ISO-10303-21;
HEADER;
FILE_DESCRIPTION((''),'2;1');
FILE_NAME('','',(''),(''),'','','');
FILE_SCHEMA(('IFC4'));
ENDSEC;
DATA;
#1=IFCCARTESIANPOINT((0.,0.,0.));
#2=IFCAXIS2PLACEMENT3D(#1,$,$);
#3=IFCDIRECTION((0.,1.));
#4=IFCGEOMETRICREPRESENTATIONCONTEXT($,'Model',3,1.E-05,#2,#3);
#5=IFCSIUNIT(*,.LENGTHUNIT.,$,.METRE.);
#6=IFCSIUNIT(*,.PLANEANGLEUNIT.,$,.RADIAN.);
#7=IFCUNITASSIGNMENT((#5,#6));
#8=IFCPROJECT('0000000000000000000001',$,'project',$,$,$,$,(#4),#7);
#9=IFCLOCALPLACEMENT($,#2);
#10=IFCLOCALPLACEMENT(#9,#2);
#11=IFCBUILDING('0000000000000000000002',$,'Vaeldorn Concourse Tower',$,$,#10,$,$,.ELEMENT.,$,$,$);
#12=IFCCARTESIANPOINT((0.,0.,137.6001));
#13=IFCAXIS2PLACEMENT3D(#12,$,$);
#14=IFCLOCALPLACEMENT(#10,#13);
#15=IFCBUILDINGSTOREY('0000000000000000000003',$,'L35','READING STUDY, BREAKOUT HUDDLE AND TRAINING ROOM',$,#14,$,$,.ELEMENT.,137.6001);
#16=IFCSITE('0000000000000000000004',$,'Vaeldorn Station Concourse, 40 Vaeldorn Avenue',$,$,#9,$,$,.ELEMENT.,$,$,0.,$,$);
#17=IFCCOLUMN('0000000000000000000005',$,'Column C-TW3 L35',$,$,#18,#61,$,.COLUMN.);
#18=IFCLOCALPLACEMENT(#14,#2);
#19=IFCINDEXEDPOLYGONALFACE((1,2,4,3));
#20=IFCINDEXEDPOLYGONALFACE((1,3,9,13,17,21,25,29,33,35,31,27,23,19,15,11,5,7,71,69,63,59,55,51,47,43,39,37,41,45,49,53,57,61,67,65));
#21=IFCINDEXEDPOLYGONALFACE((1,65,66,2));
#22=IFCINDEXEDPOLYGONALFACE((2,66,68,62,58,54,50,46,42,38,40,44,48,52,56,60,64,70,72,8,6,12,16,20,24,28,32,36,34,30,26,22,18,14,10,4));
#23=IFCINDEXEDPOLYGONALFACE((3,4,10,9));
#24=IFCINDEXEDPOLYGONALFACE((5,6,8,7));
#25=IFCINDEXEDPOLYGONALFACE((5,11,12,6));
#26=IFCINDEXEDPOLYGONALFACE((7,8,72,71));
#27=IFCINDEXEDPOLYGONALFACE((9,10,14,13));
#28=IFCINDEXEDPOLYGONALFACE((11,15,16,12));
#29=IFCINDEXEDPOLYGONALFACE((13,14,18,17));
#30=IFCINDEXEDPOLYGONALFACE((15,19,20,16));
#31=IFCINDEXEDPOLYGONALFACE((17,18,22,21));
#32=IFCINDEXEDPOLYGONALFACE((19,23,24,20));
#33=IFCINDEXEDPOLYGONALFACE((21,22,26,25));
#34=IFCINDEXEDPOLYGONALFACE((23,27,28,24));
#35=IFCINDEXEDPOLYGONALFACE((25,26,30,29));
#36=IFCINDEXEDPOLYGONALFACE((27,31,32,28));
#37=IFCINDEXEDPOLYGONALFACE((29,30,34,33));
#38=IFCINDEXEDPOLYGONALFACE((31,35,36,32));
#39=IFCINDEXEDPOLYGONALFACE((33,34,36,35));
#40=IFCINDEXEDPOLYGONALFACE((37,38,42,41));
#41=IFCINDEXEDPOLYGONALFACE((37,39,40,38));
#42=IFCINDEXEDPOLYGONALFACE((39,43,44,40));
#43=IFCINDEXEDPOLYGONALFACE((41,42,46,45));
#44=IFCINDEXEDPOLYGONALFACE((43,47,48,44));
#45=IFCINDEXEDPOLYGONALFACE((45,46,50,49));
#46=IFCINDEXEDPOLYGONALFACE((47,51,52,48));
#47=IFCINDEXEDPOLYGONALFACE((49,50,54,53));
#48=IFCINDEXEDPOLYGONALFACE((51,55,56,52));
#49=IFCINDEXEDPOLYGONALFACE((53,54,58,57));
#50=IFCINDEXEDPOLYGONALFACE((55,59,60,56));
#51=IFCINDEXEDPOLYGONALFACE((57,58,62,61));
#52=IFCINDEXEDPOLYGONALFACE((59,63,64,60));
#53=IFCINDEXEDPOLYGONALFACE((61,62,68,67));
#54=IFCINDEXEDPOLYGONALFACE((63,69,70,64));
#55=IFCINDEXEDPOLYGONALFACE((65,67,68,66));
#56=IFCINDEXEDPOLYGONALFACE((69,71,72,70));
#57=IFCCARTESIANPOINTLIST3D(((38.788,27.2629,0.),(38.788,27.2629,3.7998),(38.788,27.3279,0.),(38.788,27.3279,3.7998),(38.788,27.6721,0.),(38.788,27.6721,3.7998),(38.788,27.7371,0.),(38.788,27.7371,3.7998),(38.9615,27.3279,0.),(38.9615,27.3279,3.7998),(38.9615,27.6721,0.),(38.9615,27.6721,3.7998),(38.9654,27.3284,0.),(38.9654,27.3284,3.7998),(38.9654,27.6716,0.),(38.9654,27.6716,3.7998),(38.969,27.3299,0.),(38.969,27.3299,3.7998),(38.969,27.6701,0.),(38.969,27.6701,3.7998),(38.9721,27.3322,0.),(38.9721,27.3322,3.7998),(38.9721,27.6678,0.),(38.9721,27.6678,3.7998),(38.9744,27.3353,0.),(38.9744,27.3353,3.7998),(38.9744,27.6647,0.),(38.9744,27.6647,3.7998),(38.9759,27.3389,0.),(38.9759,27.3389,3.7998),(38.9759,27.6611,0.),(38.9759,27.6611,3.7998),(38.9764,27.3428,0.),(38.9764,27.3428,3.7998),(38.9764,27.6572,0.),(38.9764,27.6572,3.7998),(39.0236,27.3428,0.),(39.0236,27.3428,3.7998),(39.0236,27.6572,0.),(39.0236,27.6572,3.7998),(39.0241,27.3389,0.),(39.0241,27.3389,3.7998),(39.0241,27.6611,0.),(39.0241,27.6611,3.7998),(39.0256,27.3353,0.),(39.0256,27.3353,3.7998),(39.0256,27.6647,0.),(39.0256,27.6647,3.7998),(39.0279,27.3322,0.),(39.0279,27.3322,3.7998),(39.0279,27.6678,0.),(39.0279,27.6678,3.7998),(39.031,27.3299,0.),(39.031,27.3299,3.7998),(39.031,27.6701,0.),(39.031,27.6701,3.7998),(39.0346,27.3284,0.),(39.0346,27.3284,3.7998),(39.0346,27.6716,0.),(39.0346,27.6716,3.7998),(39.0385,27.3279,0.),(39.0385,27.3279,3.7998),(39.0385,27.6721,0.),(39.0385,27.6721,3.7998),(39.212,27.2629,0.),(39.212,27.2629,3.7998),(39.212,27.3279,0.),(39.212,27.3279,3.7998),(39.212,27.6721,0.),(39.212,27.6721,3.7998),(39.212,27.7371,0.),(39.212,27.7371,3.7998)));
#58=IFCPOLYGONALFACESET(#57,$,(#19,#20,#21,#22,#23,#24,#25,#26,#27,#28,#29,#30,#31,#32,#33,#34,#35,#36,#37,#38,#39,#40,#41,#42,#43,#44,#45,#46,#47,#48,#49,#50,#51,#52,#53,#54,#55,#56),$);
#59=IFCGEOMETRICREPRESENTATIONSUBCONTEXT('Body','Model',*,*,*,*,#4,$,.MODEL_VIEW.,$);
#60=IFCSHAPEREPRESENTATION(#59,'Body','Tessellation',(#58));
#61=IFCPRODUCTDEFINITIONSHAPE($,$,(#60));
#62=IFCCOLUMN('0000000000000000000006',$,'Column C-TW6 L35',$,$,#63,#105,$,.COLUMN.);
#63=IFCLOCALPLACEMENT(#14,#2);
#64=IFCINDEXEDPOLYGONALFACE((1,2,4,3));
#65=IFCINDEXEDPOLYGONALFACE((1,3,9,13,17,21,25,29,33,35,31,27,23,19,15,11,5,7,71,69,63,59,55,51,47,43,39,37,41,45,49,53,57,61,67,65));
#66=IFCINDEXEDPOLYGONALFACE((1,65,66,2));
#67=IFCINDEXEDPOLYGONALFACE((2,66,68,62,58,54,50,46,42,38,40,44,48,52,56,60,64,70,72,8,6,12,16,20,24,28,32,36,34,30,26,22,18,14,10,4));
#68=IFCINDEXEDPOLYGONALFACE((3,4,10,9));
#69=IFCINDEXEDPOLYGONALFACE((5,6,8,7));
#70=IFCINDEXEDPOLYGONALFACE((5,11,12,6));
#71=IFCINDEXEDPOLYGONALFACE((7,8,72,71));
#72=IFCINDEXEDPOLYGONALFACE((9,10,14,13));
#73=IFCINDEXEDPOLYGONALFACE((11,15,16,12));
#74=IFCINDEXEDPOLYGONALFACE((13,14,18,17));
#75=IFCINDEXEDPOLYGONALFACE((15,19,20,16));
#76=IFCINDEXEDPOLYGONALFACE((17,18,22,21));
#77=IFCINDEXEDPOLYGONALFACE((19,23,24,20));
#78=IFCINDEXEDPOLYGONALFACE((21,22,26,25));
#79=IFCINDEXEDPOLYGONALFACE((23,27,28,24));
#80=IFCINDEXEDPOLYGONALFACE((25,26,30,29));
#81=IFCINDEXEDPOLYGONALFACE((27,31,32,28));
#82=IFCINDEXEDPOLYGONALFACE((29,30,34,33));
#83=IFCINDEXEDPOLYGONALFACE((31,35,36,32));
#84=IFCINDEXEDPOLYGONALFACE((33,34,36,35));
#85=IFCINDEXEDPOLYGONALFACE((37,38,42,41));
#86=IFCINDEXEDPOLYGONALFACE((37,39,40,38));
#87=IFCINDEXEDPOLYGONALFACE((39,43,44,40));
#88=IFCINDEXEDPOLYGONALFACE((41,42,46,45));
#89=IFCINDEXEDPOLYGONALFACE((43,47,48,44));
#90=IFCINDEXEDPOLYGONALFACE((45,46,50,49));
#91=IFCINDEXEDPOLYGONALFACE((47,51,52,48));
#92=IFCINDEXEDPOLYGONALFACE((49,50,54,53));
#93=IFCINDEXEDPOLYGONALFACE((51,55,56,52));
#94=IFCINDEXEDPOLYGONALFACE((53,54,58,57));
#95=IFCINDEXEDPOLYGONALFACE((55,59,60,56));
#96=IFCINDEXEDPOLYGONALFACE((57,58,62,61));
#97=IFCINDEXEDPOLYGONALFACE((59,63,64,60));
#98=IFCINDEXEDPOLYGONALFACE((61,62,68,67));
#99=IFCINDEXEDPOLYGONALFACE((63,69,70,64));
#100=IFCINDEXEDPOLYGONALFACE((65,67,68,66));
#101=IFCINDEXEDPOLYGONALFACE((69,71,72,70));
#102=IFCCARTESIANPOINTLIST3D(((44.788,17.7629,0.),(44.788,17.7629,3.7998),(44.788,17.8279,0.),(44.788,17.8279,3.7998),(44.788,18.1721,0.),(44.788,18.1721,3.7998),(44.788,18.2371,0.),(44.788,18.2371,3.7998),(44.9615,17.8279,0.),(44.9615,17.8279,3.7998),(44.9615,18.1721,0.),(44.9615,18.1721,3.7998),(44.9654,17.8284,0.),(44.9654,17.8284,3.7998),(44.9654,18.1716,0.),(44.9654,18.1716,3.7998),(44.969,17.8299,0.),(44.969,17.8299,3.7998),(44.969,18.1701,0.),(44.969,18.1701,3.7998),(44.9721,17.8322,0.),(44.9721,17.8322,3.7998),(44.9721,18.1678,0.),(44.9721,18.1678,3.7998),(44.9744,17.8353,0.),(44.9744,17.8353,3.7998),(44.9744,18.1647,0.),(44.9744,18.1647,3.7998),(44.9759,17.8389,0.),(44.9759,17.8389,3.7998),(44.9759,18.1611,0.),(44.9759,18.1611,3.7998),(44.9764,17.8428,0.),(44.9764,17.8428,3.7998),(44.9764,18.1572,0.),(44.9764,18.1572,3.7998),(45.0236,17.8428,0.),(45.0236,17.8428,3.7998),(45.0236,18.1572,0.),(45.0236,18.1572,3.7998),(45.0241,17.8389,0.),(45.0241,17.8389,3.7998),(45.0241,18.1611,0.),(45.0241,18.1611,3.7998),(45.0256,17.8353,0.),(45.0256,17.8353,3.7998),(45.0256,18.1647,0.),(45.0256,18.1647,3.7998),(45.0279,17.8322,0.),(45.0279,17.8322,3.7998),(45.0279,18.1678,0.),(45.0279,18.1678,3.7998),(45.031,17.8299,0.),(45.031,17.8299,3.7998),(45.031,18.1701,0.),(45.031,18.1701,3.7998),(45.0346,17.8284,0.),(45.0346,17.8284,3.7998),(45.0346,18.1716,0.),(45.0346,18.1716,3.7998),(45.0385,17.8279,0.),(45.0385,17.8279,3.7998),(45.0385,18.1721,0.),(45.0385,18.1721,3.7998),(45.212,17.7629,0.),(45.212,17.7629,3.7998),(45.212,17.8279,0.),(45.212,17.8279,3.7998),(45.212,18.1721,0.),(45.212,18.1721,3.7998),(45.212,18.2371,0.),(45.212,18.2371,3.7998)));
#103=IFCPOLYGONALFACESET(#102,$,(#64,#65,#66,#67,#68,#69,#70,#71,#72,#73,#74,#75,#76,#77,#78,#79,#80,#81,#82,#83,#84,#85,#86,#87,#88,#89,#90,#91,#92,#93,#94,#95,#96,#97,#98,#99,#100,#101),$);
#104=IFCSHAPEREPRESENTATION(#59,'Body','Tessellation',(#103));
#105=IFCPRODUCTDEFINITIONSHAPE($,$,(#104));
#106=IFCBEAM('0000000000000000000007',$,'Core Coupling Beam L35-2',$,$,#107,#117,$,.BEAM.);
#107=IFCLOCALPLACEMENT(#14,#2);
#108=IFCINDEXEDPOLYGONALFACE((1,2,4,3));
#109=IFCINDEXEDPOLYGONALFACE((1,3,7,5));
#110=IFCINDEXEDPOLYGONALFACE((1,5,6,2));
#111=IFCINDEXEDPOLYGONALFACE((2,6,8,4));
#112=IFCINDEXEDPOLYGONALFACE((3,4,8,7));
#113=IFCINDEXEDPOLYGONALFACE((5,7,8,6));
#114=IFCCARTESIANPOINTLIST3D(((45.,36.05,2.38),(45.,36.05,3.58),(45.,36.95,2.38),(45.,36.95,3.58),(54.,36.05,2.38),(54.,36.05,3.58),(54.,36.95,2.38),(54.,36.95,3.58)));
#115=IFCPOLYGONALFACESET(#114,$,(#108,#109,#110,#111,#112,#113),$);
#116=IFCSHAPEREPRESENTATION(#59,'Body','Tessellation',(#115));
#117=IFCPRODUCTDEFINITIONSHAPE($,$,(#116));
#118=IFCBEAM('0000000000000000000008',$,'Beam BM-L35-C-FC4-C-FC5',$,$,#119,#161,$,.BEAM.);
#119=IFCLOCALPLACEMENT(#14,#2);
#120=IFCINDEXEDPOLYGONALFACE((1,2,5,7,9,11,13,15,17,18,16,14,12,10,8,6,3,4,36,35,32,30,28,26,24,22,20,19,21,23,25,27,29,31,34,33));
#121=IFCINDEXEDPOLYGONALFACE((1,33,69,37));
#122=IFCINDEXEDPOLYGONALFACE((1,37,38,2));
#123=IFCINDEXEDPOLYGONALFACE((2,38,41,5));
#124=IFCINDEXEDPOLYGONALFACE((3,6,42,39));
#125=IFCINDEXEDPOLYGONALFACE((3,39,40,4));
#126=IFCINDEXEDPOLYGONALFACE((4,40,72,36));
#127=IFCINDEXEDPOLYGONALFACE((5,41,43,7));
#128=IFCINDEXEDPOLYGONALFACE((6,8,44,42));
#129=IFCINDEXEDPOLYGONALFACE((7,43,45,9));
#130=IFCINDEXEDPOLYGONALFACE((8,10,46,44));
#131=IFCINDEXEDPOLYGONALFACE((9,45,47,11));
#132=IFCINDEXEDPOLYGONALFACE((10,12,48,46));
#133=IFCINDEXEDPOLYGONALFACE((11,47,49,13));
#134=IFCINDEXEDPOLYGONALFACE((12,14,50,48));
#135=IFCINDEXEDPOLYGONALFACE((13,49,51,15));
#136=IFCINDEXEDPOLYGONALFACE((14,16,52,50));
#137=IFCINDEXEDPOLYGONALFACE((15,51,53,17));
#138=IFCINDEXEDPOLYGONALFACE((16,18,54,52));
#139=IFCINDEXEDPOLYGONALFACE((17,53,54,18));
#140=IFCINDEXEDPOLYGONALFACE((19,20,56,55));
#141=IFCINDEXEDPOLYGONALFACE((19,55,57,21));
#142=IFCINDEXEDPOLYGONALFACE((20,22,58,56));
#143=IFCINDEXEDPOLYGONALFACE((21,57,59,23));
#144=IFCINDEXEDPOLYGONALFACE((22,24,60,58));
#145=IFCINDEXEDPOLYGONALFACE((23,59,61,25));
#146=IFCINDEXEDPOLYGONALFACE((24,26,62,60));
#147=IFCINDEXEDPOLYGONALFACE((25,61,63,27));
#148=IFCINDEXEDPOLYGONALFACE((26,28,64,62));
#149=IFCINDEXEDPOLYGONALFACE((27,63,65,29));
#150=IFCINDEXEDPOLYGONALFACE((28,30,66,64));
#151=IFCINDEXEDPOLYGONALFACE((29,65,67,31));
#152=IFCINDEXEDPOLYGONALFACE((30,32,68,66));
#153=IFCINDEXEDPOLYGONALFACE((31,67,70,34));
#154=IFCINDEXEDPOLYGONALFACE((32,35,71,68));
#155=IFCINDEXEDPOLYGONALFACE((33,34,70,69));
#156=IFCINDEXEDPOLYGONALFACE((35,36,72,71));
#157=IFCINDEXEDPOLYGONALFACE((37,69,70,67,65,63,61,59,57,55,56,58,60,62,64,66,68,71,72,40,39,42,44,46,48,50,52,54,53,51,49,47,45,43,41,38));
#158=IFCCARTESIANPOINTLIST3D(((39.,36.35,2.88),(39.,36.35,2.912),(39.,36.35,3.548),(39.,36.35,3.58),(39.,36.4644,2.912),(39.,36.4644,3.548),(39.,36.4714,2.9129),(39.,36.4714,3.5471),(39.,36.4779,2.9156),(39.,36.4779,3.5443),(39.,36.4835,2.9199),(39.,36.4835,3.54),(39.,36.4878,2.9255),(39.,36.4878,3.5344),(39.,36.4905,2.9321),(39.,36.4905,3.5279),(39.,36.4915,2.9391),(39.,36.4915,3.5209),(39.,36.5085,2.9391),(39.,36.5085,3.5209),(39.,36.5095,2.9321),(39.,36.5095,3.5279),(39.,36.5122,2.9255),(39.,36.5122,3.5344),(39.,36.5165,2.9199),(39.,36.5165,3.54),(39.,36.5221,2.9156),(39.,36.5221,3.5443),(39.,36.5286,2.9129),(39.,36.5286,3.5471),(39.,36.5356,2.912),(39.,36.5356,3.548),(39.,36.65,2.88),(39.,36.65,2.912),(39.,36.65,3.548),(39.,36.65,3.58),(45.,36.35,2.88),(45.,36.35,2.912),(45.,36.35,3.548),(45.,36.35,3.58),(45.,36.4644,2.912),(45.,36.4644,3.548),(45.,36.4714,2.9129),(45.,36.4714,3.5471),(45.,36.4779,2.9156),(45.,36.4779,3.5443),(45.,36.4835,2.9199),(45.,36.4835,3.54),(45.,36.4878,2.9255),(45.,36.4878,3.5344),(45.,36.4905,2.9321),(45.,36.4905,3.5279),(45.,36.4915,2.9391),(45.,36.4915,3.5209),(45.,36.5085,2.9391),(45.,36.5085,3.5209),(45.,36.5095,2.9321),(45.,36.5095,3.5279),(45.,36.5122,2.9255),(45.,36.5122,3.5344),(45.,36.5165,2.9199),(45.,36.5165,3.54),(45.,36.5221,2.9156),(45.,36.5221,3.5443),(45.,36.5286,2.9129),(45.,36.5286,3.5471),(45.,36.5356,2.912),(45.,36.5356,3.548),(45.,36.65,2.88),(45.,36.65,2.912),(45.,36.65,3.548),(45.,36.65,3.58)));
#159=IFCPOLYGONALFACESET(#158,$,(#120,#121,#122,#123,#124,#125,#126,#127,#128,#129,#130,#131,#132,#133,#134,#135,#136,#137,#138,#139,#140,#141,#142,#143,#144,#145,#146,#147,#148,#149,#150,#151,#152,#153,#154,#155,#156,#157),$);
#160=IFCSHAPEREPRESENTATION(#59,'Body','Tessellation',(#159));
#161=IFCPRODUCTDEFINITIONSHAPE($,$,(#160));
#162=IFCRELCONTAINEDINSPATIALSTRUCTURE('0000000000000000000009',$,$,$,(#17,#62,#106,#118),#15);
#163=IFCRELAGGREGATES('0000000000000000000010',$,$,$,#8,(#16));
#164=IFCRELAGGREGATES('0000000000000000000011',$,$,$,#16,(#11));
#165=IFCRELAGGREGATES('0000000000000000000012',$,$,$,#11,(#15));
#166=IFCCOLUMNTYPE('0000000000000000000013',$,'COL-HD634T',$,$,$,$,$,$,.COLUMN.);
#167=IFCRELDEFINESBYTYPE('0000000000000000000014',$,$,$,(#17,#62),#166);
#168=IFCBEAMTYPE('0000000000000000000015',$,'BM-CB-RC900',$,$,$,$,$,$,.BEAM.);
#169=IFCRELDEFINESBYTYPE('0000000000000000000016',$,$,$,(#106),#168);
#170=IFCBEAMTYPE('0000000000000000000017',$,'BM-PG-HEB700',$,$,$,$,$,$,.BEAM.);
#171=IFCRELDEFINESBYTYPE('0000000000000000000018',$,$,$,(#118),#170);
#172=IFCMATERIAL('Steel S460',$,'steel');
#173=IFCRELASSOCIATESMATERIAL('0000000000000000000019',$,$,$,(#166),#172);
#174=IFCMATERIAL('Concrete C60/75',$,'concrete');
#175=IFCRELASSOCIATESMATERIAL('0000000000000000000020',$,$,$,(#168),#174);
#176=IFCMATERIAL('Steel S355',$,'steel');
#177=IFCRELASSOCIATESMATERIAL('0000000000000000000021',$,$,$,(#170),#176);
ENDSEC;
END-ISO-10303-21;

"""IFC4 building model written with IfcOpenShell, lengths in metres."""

from ifc_helpers import new_model, si_unit, direction, frame, origin, origin_2d, place, context, subcontext, project, spatial, rectangle, i_section, extrude, source, transform, mapped, material, material_profile, profile_set, type_object, element, save


model = new_model("IFC4")

# Units and contexts
model_context = context("Model", 3, precision=1e-05, world=origin(), true_north=direction((0.0, 1.0)))
body_context = subcontext(model_context, "Body", "Model", "MODEL_VIEW")
ifc_project = project(units=[si_unit("LENGTHUNIT", "METRE"), si_unit("PLANEANGLEUNIT", "RADIAN")], contexts=[model_context])

# Site, building, storey
site_placement = place(None, origin())
site = spatial("IfcSite", under=ifc_project, at=site_placement, Name="Vaeldorn Station Concourse, 40 Vaeldorn Avenue", CompositionType="ELEMENT", RefElevation=0.0)
building_placement = place(site_placement, origin())
building = spatial("IfcBuilding", under=site, at=building_placement, Name="Vaeldorn Concourse Tower", CompositionType="ELEMENT")
storey_placement = place(building_placement, frame((0.0, 0.0, 137.6001)))
storey = spatial("IfcBuildingStorey", under=building, at=storey_placement, Name="L35", Description="READING STUDY, BREAKOUT HUDDLE AND TRAINING ROOM", CompositionType="ELEMENT", Elevation=137.6001)

# Columns
ifc_material_1 = material(Name="Steel S460", Category="steel")
ifc_material_profile_1 = material_profile(ifc_material_1, i_section(OverallWidth=0.4241, OverallDepth=0.4741, WebThickness=0.0471, FlangeThickness=0.0649, FilletRadius=0.0149, at=origin_2d()), Name="HD 400x634")
ifc_profile_set_1 = profile_set([ifc_material_profile_1], Name="Steel S460")
column_type_1 = type_object("IfcColumnType", Name="COL-HD634T", PredefinedType="COLUMN", material=ifc_profile_set_1)
shared_shape_1 = source(origin(), body_context, "Body", "SweptSolid", [
    extrude(i_section(OverallWidth=0.4241, OverallDepth=0.4741, WebThickness=0.0471, FlangeThickness=0.0649, FilletRadius=0.0149, at=origin_2d()), origin(), (0.0, 0.0, 1.0), 3.7998),
])
for number, where, z_axis, x_axis, name in (
    (1, (39.0, 27.5, 0.0), (0.0, 0.0, 1.0), (1.0, 0.0, 0.0), "Column C-TW3 L35"),
    (2, (45.0, 18.0, 0.0), (0.0, 0.0, 1.0), (1.0, 0.0, 0.0), "Column C-TW6 L35"),
):
    element("IfcColumn", number, at=place(storey_placement, frame(where, z_axis=z_axis, x_axis=x_axis)), inside=storey, type_object=column_type_1, Name=name, PredefinedType="COLUMN", context=body_context, shape_type="MappedRepresentation", body=[
        mapped(shared_shape_1, transform((0.0, 0.0, 0.0), scale=1.0)),
    ])

# Beams
ifc_material_2 = material(Name="Concrete C60/75", Category="concrete")
ifc_material_profile_2 = material_profile(ifc_material_2, rectangle(XDim=0.8999, YDim=1.2, at=origin_2d()), Name="RC 900x1200")
ifc_profile_set_2 = profile_set([ifc_material_profile_2], Name="Concrete C60/75")
beam_type_1 = type_object("IfcBeamType", Name="BM-CB-RC900", PredefinedType="BEAM", material=ifc_profile_set_2)
shared_shape_2 = source(origin(), body_context, "Body", "SweptSolid", [
    extrude(rectangle(XDim=0.8999, YDim=1.2, at=origin_2d()), origin(), (0.0, 0.0, 1.0), 9.0),
])
beam_1_placement = place(storey_placement, frame((45.0, 36.5, 2.98), z_axis=(1.0, 0.0, 0.0), x_axis=(0.0, 1.0, 0.0)))
element("IfcBeam", 3, at=beam_1_placement, inside=storey, type_object=beam_type_1, Name="Core Coupling Beam L35-2", PredefinedType="BEAM", context=body_context, shape_type="MappedRepresentation", body=[
    mapped(shared_shape_2, transform((0.0, 0.0, 0.0), scale=1.0)),
])
ifc_material_3 = material(Name="Steel S355", Category="steel")
ifc_material_profile_3 = material_profile(ifc_material_3, i_section(OverallWidth=0.3, OverallDepth=0.7, WebThickness=0.0171, FlangeThickness=0.032, FilletRadius=0.0271, at=origin_2d()), Name="HEB 700")
ifc_profile_set_3 = profile_set([ifc_material_profile_3], Name="Steel S355")
beam_type_2 = type_object("IfcBeamType", Name="BM-PG-HEB700", PredefinedType="BEAM", material=ifc_profile_set_3)
shared_shape_3 = source(origin(), body_context, "Body", "SweptSolid", [
    extrude(i_section(OverallWidth=0.3, OverallDepth=0.7, WebThickness=0.0171, FlangeThickness=0.032, FilletRadius=0.0271, at=origin_2d()), origin(), (0.0, 0.0, 1.0), 6.0),
])
for number, where, z_axis, x_axis, name in (
    (4, (39.0, 36.5, 3.23), (1.0, 0.0, 0.0), (0.0, 1.0, 0.0), "Beam BM-L35-C-FC4-C-FC5"),
):
    element("IfcBeam", number, at=place(storey_placement, frame(where, z_axis=z_axis, x_axis=x_axis)), inside=storey, type_object=beam_type_2, Name=name, PredefinedType="BEAM", context=body_context, shape_type="MappedRepresentation", body=[
        mapped(shared_shape_3, transform((0.0, 0.0, 0.0), scale=1.0)),
    ])

save(model, "model.ifc")
